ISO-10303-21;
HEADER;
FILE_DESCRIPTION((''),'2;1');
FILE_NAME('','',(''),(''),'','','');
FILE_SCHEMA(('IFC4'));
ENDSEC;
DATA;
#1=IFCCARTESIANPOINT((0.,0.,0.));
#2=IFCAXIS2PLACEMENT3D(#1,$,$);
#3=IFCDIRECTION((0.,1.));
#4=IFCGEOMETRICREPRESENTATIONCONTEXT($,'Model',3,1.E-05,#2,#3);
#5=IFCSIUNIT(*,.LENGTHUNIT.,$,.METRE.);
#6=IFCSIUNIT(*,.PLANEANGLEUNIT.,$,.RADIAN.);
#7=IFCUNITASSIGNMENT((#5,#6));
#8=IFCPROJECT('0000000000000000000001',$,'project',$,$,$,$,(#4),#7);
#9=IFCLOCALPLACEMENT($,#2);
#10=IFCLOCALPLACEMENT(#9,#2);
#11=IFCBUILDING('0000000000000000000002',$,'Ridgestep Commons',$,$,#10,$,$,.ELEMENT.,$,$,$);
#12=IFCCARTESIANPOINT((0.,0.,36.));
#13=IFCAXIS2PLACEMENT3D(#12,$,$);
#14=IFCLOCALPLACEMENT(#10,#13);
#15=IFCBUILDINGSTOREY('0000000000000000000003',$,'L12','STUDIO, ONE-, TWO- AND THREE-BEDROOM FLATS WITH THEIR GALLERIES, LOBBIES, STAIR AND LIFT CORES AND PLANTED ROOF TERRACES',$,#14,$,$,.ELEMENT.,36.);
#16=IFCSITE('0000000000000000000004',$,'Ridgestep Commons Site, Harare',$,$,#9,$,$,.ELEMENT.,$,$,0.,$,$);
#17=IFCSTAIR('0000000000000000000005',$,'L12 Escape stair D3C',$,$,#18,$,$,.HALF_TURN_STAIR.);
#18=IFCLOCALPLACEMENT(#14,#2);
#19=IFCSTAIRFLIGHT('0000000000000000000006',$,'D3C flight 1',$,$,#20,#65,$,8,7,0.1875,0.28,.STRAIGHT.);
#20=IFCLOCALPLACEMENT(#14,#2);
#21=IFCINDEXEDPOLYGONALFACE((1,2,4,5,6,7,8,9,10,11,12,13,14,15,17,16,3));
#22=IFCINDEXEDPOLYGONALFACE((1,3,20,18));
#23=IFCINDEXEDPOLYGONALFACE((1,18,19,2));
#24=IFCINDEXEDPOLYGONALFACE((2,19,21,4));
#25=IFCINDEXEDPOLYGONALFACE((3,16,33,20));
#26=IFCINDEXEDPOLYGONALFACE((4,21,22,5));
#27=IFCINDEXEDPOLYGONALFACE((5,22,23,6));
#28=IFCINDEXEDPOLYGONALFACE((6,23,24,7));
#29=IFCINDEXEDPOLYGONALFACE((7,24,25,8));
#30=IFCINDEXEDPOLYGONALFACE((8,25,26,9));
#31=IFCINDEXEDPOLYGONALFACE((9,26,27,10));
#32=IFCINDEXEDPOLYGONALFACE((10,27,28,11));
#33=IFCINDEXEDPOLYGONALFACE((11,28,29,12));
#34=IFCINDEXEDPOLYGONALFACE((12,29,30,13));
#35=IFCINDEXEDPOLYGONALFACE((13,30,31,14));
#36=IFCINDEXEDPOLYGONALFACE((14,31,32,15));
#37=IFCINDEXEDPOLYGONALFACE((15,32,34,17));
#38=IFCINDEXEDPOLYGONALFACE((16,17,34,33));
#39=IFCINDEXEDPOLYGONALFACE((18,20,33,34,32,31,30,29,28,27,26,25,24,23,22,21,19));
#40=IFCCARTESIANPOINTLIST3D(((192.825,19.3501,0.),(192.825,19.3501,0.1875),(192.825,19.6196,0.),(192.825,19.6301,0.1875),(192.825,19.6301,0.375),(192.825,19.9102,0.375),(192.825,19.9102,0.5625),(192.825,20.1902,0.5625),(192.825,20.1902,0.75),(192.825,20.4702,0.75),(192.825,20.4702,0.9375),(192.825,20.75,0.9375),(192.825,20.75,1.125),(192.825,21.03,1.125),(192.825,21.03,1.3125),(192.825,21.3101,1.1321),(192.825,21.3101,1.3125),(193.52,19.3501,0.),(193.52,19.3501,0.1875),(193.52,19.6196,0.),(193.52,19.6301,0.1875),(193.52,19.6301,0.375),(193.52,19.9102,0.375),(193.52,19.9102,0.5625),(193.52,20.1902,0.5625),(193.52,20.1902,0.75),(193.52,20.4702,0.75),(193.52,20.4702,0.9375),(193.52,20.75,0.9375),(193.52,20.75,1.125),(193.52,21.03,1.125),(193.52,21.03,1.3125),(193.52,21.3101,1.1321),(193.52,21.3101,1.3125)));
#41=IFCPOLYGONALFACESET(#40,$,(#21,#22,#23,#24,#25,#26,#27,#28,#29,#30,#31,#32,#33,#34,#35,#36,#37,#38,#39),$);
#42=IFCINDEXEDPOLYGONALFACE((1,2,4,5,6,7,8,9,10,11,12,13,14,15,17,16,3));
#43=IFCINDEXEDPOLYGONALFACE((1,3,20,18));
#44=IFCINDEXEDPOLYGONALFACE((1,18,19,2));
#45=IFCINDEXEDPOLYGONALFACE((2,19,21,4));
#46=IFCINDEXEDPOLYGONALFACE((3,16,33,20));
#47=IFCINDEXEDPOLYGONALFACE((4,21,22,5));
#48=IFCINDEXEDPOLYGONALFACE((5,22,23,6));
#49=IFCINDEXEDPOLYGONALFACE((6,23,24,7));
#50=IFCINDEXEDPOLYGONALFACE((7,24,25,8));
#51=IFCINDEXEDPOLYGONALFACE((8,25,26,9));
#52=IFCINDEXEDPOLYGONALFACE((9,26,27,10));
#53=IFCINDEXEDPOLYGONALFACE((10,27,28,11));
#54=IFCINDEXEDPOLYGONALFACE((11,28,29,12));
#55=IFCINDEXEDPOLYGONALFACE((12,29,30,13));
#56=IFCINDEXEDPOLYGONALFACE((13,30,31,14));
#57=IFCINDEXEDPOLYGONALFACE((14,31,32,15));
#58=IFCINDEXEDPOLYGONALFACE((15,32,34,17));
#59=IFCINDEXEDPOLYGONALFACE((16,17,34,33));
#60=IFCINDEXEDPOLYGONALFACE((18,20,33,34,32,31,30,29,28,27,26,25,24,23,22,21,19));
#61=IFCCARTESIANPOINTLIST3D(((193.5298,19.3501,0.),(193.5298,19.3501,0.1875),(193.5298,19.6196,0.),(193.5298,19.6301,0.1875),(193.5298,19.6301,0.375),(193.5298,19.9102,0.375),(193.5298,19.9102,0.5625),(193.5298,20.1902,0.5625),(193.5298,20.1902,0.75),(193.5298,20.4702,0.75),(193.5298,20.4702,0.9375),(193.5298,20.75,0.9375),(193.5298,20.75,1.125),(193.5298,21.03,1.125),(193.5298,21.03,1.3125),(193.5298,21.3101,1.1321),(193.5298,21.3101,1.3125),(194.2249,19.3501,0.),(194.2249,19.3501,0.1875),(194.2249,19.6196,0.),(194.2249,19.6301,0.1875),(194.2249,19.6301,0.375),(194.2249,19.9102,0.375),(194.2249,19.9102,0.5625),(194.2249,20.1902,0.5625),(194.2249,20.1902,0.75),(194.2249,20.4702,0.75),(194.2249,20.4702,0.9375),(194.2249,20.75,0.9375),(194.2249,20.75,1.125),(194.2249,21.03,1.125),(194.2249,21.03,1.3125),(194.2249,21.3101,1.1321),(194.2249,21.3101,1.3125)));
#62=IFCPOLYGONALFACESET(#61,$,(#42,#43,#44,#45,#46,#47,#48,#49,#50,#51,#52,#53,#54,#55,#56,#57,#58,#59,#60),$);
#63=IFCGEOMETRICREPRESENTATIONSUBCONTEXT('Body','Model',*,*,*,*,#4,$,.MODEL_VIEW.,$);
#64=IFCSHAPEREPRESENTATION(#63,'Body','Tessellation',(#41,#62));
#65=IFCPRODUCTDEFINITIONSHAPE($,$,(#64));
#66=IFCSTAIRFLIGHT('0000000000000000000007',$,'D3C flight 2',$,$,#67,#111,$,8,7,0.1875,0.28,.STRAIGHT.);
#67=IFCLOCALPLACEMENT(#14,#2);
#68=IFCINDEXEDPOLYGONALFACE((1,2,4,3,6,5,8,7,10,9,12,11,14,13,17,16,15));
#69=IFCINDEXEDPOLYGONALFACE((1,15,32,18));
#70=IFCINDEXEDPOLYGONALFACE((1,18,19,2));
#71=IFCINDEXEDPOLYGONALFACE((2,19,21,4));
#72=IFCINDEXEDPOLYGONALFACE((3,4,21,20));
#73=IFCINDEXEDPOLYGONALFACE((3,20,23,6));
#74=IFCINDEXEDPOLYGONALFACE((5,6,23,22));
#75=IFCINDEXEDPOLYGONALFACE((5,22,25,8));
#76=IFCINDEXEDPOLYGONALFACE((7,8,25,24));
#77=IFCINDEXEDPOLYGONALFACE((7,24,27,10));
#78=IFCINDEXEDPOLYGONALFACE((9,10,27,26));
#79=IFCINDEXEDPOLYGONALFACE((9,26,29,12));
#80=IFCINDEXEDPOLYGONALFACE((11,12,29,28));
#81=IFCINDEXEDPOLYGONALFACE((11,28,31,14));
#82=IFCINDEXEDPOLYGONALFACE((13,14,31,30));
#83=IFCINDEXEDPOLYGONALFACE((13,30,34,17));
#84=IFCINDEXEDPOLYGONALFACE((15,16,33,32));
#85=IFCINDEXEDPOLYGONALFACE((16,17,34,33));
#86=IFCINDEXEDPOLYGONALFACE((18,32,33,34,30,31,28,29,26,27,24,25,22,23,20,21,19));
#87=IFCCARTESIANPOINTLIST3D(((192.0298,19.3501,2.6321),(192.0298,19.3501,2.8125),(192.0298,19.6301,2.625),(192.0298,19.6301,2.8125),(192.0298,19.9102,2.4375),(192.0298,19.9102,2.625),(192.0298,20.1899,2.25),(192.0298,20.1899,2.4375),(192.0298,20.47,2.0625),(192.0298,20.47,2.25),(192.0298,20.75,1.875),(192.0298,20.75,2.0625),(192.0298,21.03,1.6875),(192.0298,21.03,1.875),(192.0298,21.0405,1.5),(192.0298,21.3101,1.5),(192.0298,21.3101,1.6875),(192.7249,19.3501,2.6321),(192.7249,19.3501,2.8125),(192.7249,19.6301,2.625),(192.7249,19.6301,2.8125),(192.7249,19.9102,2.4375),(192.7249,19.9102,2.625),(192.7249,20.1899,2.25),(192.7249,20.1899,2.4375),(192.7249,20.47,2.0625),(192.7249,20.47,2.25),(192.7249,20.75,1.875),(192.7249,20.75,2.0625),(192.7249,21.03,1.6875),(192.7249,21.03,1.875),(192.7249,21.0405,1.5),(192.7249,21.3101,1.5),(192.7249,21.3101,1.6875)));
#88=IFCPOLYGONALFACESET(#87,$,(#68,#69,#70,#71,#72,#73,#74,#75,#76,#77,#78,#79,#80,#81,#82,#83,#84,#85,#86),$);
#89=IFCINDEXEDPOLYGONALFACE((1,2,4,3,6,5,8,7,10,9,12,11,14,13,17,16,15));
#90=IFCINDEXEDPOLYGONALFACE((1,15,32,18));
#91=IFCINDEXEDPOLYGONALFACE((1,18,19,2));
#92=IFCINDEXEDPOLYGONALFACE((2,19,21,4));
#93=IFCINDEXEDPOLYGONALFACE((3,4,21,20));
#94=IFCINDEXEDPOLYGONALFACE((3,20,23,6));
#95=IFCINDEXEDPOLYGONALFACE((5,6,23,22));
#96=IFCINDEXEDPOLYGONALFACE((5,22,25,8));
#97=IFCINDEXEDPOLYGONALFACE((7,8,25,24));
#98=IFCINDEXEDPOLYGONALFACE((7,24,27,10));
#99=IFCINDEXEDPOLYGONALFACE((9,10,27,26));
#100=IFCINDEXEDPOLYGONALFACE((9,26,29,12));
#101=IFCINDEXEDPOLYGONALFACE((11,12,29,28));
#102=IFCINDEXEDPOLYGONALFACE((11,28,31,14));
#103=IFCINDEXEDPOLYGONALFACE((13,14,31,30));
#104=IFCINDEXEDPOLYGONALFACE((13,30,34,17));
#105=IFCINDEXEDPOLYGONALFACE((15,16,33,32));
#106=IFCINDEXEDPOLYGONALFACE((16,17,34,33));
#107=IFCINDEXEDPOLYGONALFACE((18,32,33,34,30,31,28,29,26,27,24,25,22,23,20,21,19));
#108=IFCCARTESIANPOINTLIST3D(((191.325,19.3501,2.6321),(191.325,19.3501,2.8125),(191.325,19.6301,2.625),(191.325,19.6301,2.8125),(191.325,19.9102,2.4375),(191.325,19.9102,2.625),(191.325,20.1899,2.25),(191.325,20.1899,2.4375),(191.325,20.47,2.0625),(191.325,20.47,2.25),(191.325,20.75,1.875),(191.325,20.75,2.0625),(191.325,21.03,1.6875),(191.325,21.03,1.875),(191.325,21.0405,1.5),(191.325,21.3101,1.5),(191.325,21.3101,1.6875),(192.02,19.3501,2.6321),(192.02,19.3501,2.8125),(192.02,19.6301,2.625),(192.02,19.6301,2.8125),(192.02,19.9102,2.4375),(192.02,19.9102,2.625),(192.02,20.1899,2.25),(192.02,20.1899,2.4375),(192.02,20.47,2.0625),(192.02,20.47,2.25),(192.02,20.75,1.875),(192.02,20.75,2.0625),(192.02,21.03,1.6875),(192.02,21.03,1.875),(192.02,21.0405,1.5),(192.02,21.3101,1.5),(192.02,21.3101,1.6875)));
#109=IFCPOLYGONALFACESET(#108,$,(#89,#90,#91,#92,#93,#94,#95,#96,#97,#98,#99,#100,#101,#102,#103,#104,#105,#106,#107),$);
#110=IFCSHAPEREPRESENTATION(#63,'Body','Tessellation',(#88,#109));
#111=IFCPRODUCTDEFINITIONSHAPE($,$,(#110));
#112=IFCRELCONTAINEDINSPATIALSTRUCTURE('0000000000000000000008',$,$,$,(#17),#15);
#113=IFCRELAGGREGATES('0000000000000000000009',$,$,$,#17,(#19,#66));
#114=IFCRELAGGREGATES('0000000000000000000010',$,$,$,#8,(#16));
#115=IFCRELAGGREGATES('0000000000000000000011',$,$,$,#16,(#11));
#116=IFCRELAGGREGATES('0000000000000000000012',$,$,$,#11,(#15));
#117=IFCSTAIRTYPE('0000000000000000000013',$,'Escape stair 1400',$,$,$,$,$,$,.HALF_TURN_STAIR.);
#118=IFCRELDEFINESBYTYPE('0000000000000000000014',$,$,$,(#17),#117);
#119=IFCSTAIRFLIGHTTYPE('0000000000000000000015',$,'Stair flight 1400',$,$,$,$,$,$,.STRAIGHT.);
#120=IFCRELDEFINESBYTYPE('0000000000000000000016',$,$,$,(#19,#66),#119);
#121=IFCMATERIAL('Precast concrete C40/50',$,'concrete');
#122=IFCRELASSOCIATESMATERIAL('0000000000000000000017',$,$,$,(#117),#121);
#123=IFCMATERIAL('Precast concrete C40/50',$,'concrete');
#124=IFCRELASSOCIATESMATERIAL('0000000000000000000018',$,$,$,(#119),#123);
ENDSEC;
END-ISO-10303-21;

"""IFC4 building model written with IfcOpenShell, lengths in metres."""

from ifc_helpers import new_model, si_unit, direction, frame, origin, place, context, subcontext, project, spatial, polyline, outline, extrude, material, type_object, element, aggregate, save


model = new_model("IFC4")

# Units and contexts
model_context = context("Model", 3, precision=1e-05, world=origin(), true_north=direction((0.0, 1.0)))
body_context = subcontext(model_context, "Body", "Model", "MODEL_VIEW")
ifc_project = project(units=[si_unit("LENGTHUNIT", "METRE"), si_unit("PLANEANGLEUNIT", "RADIAN")], contexts=[model_context])

# Site, building, storey
site_placement = place(None, origin())
site = spatial("IfcSite", under=ifc_project, at=site_placement, Name="Ridgestep Commons Site, Harare", CompositionType="ELEMENT", RefElevation=0.0)
building_placement = place(site_placement, origin())
building = spatial("IfcBuilding", under=site, at=building_placement, Name="Ridgestep Commons", CompositionType="ELEMENT")
storey_placement = place(building_placement, frame((0.0, 0.0, 36.0)))
storey = spatial("IfcBuildingStorey", under=building, at=storey_placement, Name="L12", Description="STUDIO, ONE-, TWO- AND THREE-BEDROOM FLATS WITH THEIR GALLERIES, LOBBIES, STAIR AND LIFT CORES AND PLANTED ROOF TERRACES", CompositionType="ELEMENT", Elevation=36.0)

# Stair, stair flights
ifc_material_1 = material(Name="Precast concrete C40/50", Category="concrete")
stair_type = type_object("IfcStairType", Name="Escape stair 1400", PredefinedType="HALF_TURN_STAIR", material=ifc_material_1)
stair_placement = place(storey_placement, origin())
stair = element("IfcStair", 1, at=stair_placement, inside=storey, type_object=stair_type, Name="L12 Escape stair D3C", PredefinedType="HALF_TURN_STAIR")
ifc_material_2 = material(Name="Precast concrete C40/50", Category="concrete")
stair_flight_type = type_object("IfcStairFlightType", Name="Stair flight 1400", PredefinedType="STRAIGHT", material=ifc_material_2)
stair_flight_1_placement = place(storey_placement, frame((193.5249, 19.3501, 0.0), z_axis=(0.0, 0.0, 1.0), x_axis=(0.0, 1.0, 0.0)))
stair_flight_1 = element("IfcStairFlight", 2, at=stair_flight_1_placement, type_object=stair_flight_type, Name="D3C flight 1", NumberOfRisers=8, NumberOfTreads=7, PredefinedType="STRAIGHT", RiserHeight=0.1875, TreadLength=0.28, context=body_context, shape_type="SweptSolid", body=[
    extrude(outline(polyline([(0.0, 0.0), (0.0, 0.1875), (0.28, 0.1875), (0.28, 0.375), (0.5601, 0.375), (0.5601, 0.5625), (0.8401, 0.5625), (0.8401, 0.75), (1.1201, 0.75), (1.1201, 0.9375), (1.3999, 0.9375), (1.3999, 1.125), (1.6799, 1.125), (1.6799, 1.3125), (1.96, 1.3125), (1.96, 1.5), (1.96, 1.1321), (0.2695, 0.0), (0.0, 0.0)])), frame((0.0, 0.7, 0.0), z_axis=(0.0, -1.0, 0.0), x_axis=(1.0, 0.0, 0.0)), (0.0, 0.0, 1.0), 0.6951),
    extrude(outline(polyline([(0.0, 0.0), (0.0, 0.1875), (0.28, 0.1875), (0.28, 0.375), (0.5601, 0.375), (0.5601, 0.5625), (0.8401, 0.5625), (0.8401, 0.75), (1.1201, 0.75), (1.1201, 0.9375), (1.3999, 0.9375), (1.3999, 1.125), (1.6799, 1.125), (1.6799, 1.3125), (1.96, 1.3125), (1.96, 1.5), (1.96, 1.1321), (0.2695, 0.0), (0.0, 0.0)])), frame((0.0, -0.0049, 0.0), z_axis=(0.0, -1.0, 0.0), x_axis=(1.0, 0.0, 0.0)), (0.0, 0.0, 1.0), 0.6951),
])
stair_flight_2_placement = place(storey_placement, frame((192.0249, 21.3101, 1.5), z_axis=(0.0, 0.0, 1.0), x_axis=(0.0, -1.0, 0.0)))
stair_flight_2 = element("IfcStairFlight", 3, at=stair_flight_2_placement, type_object=stair_flight_type, Name="D3C flight 2", NumberOfRisers=8, NumberOfTreads=7, PredefinedType="STRAIGHT", RiserHeight=0.1875, TreadLength=0.28, context=body_context, shape_type="SweptSolid", body=[
    extrude(outline(polyline([(0.0, 0.0), (0.0, 0.1875), (0.28, 0.1875), (0.28, 0.375), (0.5601, 0.375), (0.5601, 0.5625), (0.8401, 0.5625), (0.8401, 0.75), (1.1201, 0.75), (1.1201, 0.9375), (1.3999, 0.9375), (1.3999, 1.125), (1.6799, 1.125), (1.6799, 1.3125), (1.96, 1.3125), (1.96, 1.5), (1.96, 1.1321), (0.2695, 0.0), (0.0, 0.0)])), frame((0.0, 0.7, 0.0), z_axis=(0.0, -1.0, 0.0), x_axis=(1.0, 0.0, 0.0)), (0.0, 0.0, 1.0), 0.6951),
    extrude(outline(polyline([(0.0, 0.0), (0.0, 0.1875), (0.28, 0.1875), (0.28, 0.375), (0.5601, 0.375), (0.5601, 0.5625), (0.8401, 0.5625), (0.8401, 0.75), (1.1201, 0.75), (1.1201, 0.9375), (1.3999, 0.9375), (1.3999, 1.125), (1.6799, 1.125), (1.6799, 1.3125), (1.96, 1.3125), (1.96, 1.5), (1.96, 1.1321), (0.2695, 0.0), (0.0, 0.0)])), frame((0.0, -0.0049, 0.0), z_axis=(0.0, -1.0, 0.0), x_axis=(1.0, 0.0, 0.0)), (0.0, 0.0, 1.0), 0.6951),
])
aggregate(stair, [stair_flight_1, stair_flight_2])

save(model, "model.ifc")
